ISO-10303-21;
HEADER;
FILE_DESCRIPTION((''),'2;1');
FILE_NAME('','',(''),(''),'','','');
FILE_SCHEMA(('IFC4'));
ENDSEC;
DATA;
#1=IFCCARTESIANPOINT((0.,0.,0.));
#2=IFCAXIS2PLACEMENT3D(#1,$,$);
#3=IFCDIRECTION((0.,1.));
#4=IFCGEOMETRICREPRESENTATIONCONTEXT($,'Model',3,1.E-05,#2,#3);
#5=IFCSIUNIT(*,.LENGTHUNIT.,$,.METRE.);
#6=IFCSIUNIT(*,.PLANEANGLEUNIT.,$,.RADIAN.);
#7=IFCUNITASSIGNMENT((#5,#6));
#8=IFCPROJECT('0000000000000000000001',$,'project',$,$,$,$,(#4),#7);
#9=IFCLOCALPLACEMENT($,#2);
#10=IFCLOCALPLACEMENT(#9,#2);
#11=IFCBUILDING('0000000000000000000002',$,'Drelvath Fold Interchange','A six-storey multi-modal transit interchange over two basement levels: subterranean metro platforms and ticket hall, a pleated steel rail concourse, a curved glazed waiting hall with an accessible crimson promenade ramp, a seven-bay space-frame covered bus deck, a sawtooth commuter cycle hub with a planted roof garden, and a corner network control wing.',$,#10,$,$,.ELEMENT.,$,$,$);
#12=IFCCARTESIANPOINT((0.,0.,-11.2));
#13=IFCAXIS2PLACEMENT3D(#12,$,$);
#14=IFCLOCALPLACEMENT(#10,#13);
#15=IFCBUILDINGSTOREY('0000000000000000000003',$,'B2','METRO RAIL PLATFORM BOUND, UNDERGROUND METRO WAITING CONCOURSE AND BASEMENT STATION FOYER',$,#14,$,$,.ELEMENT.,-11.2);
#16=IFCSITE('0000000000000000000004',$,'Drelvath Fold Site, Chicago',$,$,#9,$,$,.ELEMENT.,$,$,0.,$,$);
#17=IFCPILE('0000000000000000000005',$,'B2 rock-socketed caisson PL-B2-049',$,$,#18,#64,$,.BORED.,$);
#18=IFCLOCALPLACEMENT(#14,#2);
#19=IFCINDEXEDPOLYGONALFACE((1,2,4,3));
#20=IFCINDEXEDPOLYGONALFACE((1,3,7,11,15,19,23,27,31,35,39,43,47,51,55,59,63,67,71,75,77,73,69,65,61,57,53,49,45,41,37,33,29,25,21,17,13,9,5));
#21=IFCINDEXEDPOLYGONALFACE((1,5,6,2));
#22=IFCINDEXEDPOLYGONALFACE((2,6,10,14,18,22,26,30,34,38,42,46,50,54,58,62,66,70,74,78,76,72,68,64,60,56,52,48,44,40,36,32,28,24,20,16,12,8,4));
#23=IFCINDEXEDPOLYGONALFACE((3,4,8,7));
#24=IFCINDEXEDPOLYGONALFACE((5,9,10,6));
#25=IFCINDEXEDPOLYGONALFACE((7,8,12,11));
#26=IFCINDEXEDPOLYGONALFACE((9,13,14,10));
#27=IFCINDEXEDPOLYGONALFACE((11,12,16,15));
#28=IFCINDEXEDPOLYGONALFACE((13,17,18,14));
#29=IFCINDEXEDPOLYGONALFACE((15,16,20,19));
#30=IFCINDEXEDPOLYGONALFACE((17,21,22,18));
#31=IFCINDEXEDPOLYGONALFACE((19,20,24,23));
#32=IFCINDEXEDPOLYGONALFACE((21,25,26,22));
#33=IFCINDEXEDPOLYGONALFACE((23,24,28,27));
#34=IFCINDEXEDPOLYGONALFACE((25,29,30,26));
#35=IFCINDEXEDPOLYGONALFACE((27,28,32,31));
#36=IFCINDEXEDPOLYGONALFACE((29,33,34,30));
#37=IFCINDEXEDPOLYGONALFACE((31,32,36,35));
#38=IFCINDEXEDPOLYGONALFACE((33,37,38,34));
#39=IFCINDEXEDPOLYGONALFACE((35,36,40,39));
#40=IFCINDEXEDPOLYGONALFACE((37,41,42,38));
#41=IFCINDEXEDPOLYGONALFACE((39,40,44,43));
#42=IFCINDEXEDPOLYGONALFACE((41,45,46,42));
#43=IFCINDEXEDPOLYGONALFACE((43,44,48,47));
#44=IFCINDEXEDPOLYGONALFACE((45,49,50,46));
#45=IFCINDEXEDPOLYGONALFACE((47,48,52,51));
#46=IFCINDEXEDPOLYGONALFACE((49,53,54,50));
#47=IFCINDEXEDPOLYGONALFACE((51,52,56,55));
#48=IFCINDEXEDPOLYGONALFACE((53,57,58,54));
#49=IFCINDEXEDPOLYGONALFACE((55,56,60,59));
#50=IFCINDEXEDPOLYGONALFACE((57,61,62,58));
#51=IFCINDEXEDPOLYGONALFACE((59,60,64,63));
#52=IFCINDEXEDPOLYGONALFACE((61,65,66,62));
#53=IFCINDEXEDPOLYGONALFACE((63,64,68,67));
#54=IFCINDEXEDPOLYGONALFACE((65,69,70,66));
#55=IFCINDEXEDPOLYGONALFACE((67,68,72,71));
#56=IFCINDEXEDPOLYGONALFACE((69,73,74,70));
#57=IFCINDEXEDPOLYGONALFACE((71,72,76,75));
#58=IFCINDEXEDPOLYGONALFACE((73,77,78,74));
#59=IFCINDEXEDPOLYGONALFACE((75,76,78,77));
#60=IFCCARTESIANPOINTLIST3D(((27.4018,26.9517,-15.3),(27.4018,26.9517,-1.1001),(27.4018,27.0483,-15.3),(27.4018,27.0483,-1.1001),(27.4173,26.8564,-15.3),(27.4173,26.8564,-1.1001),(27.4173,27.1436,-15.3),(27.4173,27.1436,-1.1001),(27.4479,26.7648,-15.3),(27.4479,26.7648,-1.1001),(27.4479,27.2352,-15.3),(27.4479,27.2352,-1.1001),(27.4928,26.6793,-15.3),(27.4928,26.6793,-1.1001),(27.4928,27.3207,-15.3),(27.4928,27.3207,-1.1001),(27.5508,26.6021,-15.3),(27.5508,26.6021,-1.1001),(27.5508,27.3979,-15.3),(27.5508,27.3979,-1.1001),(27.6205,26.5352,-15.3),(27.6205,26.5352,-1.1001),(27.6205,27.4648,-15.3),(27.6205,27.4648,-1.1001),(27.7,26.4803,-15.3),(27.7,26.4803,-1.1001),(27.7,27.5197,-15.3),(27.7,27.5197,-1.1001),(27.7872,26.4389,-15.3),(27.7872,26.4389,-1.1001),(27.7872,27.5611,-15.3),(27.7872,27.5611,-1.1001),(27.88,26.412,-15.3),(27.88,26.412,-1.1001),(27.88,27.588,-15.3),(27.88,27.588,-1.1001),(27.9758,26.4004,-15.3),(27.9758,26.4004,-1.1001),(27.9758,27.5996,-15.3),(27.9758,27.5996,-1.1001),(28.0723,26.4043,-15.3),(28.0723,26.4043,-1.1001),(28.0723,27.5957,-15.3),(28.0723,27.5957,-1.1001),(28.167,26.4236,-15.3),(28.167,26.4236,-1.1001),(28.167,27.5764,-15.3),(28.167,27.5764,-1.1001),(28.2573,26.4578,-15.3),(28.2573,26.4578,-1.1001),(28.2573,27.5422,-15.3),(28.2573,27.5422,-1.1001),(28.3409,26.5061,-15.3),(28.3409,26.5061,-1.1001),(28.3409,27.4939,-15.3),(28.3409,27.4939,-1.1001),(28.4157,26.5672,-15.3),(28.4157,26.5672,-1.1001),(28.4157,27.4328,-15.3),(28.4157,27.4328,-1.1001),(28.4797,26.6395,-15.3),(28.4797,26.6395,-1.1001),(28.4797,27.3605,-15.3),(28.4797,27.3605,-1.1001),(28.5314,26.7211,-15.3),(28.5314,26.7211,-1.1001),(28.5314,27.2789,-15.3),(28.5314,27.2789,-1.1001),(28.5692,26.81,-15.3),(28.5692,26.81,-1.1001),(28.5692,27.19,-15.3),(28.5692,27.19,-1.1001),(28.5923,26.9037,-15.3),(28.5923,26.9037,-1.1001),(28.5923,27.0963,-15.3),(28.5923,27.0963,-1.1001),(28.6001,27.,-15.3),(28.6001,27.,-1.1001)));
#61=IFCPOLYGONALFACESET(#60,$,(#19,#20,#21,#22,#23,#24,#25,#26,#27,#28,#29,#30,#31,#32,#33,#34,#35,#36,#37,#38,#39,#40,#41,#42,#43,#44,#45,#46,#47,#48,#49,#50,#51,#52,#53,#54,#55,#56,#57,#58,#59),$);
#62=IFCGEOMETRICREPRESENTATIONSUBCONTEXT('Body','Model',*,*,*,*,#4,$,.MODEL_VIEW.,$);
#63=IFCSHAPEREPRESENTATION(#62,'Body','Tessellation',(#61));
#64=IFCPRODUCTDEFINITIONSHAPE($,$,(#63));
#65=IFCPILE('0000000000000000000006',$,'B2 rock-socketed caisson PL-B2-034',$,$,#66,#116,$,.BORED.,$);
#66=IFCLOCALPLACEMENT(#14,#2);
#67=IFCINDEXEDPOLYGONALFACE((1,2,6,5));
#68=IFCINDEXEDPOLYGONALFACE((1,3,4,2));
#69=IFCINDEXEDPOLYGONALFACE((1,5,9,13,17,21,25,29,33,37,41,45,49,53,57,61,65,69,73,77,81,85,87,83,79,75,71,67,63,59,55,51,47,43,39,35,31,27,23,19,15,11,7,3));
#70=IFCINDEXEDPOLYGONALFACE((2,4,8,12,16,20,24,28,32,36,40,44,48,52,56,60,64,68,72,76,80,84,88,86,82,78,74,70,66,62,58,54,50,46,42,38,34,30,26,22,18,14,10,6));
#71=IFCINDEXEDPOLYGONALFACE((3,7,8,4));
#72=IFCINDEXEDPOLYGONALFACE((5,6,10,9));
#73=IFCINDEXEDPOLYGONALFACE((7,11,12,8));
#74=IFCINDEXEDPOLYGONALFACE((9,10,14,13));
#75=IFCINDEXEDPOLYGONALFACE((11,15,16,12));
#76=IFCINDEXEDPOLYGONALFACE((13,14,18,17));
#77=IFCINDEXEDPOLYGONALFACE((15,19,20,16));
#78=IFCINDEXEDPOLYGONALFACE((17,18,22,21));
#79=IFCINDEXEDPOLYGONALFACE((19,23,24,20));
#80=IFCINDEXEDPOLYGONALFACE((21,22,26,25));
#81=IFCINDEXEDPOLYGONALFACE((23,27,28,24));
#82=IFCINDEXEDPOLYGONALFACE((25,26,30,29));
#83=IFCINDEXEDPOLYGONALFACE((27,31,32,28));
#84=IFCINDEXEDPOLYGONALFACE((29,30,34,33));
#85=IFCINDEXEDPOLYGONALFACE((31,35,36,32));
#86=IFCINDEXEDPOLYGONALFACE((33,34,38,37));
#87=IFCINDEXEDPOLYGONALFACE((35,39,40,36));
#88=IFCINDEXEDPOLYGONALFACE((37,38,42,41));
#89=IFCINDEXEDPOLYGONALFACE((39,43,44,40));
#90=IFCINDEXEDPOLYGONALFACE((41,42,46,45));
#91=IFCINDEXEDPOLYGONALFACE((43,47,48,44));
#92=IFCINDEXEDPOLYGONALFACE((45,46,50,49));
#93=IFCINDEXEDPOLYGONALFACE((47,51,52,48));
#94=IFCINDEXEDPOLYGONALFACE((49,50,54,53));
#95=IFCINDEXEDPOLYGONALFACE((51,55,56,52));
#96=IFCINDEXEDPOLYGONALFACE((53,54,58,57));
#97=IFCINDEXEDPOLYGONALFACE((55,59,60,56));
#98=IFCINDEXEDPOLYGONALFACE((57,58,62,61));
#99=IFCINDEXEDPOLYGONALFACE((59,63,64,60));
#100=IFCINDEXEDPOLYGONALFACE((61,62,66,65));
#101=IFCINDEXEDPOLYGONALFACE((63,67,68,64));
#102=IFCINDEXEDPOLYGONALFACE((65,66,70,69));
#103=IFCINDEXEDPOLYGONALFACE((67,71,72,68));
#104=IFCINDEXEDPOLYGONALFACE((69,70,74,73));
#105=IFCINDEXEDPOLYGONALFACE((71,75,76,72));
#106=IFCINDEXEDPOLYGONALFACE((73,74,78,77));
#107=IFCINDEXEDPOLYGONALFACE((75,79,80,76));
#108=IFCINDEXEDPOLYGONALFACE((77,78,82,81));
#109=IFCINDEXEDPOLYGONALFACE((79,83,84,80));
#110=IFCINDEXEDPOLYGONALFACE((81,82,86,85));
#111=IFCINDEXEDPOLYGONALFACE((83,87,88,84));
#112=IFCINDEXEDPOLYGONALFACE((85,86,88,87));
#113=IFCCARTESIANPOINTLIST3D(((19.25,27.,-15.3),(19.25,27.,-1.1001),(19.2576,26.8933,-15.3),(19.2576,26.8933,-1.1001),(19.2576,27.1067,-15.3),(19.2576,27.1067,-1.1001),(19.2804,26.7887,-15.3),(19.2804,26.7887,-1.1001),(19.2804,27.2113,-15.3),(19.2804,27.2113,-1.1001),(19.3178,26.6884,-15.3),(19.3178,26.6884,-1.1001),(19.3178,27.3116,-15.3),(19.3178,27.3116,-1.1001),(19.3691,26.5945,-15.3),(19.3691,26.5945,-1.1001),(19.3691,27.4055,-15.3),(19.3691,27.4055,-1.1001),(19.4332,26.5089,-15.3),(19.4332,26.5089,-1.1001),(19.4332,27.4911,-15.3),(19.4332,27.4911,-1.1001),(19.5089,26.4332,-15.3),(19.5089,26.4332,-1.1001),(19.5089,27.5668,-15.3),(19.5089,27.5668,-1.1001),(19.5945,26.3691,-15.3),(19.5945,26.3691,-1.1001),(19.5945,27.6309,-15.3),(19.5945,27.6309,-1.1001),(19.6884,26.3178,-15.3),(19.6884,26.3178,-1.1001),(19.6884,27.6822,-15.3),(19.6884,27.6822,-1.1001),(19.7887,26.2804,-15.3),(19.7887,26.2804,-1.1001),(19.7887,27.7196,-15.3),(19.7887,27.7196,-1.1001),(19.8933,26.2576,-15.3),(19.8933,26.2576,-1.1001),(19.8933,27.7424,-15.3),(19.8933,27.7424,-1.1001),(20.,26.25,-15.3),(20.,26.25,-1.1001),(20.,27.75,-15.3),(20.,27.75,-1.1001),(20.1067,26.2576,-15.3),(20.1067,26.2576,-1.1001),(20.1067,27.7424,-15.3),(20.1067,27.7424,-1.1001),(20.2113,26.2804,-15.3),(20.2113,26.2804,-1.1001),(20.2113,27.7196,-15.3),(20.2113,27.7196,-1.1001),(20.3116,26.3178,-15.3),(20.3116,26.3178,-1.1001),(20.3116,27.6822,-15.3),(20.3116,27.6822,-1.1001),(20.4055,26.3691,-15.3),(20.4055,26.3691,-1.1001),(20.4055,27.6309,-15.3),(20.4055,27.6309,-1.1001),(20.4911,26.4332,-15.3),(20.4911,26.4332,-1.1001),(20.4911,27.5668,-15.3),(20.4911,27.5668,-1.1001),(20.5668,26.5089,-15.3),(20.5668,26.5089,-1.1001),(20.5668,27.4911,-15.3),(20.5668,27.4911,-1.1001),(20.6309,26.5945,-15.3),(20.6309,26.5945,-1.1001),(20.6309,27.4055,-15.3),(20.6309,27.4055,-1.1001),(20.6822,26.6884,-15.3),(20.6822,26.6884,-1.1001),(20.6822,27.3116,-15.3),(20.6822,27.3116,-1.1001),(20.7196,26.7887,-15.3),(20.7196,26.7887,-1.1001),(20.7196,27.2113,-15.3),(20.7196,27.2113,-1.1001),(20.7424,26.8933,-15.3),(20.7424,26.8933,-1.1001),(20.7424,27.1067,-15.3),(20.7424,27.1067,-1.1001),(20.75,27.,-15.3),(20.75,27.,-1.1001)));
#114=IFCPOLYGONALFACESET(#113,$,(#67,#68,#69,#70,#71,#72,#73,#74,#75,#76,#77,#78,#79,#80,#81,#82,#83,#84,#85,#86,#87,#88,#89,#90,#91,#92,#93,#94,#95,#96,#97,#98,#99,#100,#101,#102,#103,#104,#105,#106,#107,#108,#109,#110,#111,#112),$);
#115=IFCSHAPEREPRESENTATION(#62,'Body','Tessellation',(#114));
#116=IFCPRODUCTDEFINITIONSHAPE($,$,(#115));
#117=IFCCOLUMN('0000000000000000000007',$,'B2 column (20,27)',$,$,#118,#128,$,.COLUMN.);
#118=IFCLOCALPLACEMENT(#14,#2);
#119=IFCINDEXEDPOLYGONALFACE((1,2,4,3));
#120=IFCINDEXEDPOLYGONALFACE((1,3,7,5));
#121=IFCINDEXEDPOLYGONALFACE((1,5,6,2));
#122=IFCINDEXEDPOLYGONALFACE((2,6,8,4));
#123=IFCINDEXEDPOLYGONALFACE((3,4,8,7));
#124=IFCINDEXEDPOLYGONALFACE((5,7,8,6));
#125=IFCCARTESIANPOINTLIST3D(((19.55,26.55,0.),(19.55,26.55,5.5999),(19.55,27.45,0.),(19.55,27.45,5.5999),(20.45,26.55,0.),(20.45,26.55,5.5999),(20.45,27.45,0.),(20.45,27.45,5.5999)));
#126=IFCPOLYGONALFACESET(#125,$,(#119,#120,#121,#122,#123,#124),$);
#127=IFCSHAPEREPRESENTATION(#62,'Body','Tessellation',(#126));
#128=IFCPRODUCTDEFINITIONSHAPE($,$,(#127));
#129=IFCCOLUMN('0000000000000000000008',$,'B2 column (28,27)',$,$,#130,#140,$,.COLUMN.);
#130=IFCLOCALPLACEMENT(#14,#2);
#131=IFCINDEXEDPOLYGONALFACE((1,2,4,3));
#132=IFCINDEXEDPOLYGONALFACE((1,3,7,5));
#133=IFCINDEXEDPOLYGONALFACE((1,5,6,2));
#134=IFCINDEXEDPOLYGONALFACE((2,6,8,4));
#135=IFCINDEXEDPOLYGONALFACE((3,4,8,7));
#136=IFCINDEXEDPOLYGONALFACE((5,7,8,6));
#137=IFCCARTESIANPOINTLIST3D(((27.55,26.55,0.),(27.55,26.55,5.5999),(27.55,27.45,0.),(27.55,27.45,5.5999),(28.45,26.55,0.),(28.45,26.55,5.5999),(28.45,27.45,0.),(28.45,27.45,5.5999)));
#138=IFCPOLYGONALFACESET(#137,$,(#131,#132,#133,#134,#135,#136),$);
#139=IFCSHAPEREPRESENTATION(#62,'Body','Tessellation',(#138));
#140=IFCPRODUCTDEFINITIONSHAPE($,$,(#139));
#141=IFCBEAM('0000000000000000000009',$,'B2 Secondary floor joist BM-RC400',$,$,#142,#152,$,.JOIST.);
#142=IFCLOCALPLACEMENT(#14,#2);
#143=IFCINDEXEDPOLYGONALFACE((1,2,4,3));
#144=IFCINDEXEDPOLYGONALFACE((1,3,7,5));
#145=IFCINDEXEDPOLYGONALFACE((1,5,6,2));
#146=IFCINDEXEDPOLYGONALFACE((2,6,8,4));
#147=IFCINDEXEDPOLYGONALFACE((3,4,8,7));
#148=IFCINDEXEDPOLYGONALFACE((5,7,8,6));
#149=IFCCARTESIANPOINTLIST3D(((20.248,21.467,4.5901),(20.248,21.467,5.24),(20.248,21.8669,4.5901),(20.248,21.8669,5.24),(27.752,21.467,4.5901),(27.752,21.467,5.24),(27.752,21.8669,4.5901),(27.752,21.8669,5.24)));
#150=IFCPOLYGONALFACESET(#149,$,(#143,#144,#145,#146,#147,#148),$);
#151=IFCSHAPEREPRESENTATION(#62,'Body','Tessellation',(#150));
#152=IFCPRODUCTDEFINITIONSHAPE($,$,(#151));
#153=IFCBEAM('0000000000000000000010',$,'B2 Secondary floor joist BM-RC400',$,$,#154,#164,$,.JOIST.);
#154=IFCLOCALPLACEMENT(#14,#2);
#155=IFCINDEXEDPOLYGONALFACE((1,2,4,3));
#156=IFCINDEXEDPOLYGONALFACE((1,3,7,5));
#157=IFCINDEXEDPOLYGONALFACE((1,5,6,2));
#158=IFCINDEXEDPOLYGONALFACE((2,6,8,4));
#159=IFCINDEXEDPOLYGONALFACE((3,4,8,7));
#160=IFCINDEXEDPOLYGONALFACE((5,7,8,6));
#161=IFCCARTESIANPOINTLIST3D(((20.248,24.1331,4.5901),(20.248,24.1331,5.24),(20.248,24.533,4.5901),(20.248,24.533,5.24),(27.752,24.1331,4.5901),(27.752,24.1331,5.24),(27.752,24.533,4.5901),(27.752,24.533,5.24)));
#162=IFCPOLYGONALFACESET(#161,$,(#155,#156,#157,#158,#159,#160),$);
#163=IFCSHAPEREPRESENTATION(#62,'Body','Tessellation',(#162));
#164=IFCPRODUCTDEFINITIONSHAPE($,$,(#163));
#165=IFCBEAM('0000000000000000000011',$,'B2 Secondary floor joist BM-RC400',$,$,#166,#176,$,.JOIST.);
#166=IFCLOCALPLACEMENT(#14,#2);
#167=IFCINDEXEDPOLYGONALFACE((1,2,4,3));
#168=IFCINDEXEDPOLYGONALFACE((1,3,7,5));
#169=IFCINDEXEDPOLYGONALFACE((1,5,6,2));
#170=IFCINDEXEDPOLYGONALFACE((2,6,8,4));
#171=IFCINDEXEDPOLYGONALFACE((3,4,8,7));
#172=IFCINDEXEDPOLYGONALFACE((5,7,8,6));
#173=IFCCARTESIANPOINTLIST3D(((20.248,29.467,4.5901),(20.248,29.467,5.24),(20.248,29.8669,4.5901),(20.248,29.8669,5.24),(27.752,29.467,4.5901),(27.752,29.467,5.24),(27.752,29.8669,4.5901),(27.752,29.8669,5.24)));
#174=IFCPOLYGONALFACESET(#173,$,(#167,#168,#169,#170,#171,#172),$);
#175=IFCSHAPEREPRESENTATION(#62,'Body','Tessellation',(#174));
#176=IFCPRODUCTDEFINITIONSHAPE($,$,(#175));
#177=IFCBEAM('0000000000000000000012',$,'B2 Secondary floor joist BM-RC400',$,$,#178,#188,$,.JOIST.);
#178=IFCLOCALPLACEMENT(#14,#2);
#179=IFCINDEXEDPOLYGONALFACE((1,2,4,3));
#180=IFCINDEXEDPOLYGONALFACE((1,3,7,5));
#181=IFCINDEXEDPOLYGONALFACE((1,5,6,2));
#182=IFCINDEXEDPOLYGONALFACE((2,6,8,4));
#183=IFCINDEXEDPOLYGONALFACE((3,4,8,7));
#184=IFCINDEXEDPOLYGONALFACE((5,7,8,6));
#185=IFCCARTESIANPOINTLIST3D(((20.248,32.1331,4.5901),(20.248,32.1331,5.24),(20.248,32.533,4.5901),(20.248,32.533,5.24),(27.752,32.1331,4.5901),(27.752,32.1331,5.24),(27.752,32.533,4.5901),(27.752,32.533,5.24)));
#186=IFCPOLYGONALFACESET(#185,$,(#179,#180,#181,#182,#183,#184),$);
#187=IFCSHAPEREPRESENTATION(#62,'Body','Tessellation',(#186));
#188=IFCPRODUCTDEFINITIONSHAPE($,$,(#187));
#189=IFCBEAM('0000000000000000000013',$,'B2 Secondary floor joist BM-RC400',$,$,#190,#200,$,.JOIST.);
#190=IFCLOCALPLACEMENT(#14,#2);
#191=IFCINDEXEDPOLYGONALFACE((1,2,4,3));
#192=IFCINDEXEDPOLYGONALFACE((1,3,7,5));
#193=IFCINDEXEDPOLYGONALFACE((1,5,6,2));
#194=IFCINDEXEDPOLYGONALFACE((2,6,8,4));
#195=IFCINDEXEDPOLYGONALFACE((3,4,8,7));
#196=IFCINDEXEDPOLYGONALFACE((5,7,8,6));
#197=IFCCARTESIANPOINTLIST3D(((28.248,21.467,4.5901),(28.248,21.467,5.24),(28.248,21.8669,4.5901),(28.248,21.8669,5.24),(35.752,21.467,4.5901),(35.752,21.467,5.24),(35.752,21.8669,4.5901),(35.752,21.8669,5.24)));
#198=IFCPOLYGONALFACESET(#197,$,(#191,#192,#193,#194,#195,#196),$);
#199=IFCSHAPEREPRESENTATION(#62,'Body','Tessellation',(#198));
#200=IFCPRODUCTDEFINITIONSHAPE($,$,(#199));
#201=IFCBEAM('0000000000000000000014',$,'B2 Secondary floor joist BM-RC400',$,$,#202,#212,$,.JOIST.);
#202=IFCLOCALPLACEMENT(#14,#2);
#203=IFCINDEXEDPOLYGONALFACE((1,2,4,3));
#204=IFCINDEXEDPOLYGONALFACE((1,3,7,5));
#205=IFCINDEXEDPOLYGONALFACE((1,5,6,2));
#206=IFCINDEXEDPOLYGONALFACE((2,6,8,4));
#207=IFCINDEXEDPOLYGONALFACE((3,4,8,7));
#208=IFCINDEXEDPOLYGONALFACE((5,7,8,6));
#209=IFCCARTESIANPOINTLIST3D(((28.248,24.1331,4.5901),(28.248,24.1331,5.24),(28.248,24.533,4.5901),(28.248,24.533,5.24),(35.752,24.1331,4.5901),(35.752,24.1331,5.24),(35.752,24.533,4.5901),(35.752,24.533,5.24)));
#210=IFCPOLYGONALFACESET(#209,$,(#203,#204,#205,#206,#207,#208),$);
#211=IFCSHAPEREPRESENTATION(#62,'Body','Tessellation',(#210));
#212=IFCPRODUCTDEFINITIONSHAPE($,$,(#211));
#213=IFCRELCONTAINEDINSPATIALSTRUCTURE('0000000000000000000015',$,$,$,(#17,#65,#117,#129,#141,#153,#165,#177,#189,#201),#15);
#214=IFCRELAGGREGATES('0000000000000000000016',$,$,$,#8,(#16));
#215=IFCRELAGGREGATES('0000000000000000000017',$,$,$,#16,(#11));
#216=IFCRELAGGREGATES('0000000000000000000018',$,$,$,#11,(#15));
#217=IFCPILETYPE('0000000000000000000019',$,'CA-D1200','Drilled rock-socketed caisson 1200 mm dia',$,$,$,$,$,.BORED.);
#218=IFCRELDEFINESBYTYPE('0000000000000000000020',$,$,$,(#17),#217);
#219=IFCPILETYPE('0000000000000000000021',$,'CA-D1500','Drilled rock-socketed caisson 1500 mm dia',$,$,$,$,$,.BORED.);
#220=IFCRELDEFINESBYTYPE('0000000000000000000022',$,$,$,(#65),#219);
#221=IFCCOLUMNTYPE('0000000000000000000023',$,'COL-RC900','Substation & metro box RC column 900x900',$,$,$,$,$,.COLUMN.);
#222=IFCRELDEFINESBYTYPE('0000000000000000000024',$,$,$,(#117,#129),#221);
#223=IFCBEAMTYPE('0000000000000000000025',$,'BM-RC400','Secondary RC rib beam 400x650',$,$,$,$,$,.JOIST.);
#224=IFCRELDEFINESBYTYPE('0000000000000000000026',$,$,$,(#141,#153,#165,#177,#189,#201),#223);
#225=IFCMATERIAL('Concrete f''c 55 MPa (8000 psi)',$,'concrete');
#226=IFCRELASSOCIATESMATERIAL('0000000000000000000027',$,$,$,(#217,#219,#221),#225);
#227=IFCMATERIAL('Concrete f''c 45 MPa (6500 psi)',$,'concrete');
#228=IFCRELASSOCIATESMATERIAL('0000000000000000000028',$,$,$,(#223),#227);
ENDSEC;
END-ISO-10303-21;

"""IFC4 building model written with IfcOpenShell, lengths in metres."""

from ifc_helpers import new_model, si_unit, direction, frame, origin, origin_2d, place, context, subcontext, project, spatial, rectangle, circle, extrude, material, material_profile, profile_set, type_object, element, save


model = new_model("IFC4")

# Units and contexts
model_context = context("Model", 3, precision=1e-05, world=origin(), true_north=direction((0.0, 1.0)))
body_context = subcontext(model_context, "Body", "Model", "MODEL_VIEW")
ifc_project = project(units=[si_unit("LENGTHUNIT", "METRE"), si_unit("PLANEANGLEUNIT", "RADIAN")], contexts=[model_context])

# Site, building, storey
site_placement = place(None, origin())
site = spatial("IfcSite", under=ifc_project, at=site_placement, Name="Drelvath Fold Site, Chicago", CompositionType="ELEMENT", RefElevation=0.0)
building_placement = place(site_placement, origin())
building = spatial("IfcBuilding", under=site, at=building_placement, Name="Drelvath Fold Interchange", Description="A six-storey multi-modal transit interchange over two basement levels: subterranean metro platforms and ticket hall, a pleated steel rail concourse, a curved glazed waiting hall with an accessible crimson promenade ramp, a seven-bay space-frame covered bus deck, a sawtooth commuter cycle hub with a planted roof garden, and a corner network control wing.", CompositionType="ELEMENT")
storey_placement = place(building_placement, frame((0.0, 0.0, -11.2)))
storey = spatial("IfcBuildingStorey", under=building, at=storey_placement, Name="B2", Description="METRO RAIL PLATFORM BOUND, UNDERGROUND METRO WAITING CONCOURSE AND BASEMENT STATION FOYER", CompositionType="ELEMENT", Elevation=-11.2)

# Piles
ifc_material_1 = material(Name="Concrete f'c 55 MPa (8000 psi)", Category="concrete")
ifc_material_profile_1 = material_profile(ifc_material_1, circle(Radius=0.6001, at=origin_2d()), Name="CAISSON D1200")
ifc_profile_set_1 = profile_set([ifc_material_profile_1], Name="Concrete f'c 55 MPa (8000 psi)")
pile_type_1 = type_object("IfcPileType", Name="CA-D1200", Description="Drilled rock-socketed caisson 1200 mm dia", PredefinedType="BORED", material=ifc_profile_set_1)
pile_1_placement = place(storey_placement, frame((28.0, 27.0, -1.1001), z_axis=(0.0, 0.0, -1.0), x_axis=(1.0, 0.0, 0.0)))
element("IfcPile", 1, at=pile_1_placement, inside=storey, type_object=pile_type_1, Name="B2 rock-socketed caisson PL-B2-049", PredefinedType="BORED", context=body_context, shape_type="SweptSolid", body=[
    extrude(circle(Radius=0.6001, at=origin_2d()), origin(), (0.0, 0.0, 1.0), 14.2),
])
ifc_material_profile_2 = material_profile(ifc_material_1, circle(Radius=0.75, at=origin_2d()), Name="CAISSON D1500")
ifc_profile_set_2 = profile_set([ifc_material_profile_2], Name="Concrete f'c 55 MPa (8000 psi)")
pile_type_2 = type_object("IfcPileType", Name="CA-D1500", Description="Drilled rock-socketed caisson 1500 mm dia", PredefinedType="BORED", material=ifc_profile_set_2)
pile_2_placement = place(storey_placement, frame((20.0, 27.0, -1.1001), z_axis=(0.0, 0.0, -1.0), x_axis=(1.0, 0.0, 0.0)))
element("IfcPile", 2, at=pile_2_placement, inside=storey, type_object=pile_type_2, Name="B2 rock-socketed caisson PL-B2-034", PredefinedType="BORED", context=body_context, shape_type="SweptSolid", body=[
    extrude(circle(Radius=0.75, at=origin_2d()), origin(), (0.0, 0.0, 1.0), 14.2),
])

# Columns
ifc_material_profile_3 = material_profile(ifc_material_1, rectangle(XDim=0.8999, YDim=0.8999, at=origin_2d()), Name="RC 900x900")
ifc_profile_set_3 = profile_set([ifc_material_profile_3], Name="Concrete f'c 55 MPa (8000 psi)")
column_type = type_object("IfcColumnType", Name="COL-RC900", Description="Substation & metro box RC column 900x900", PredefinedType="COLUMN", material=ifc_profile_set_3)
for number, where, z_axis, x_axis, name in (
    (3, (20.0, 27.0, 0.0), (0.0, 0.0, 1.0), (1.0, 0.0, 0.0), "B2 column (20,27)"),
    (4, (28.0, 27.0, 0.0), (0.0, 0.0, 1.0), (1.0, 0.0, 0.0), "B2 column (28,27)"),
):
    element("IfcColumn", number, at=place(storey_placement, frame(where, z_axis=z_axis, x_axis=x_axis)), inside=storey, type_object=column_type, Name=name, PredefinedType="COLUMN", context=body_context, shape_type="SweptSolid", body=[
        extrude(rectangle(XDim=0.8999, YDim=0.8999, at=origin_2d()), origin(), (0.0, 0.0, 1.0), 5.5999),
    ])

# Beams
ifc_material_2 = material(Name="Concrete f'c 45 MPa (6500 psi)", Category="concrete")
ifc_material_profile_4 = material_profile(ifc_material_2, rectangle(XDim=0.3999, YDim=0.6499, at=origin_2d()), Name="RC 400x650")
ifc_profile_set_4 = profile_set([ifc_material_profile_4], Name="Concrete f'c 45 MPa (6500 psi)")
beam_type_1 = type_object("IfcBeamType", Name="BM-RC400", Description="Secondary RC rib beam 400x650", PredefinedType="JOIST", material=ifc_profile_set_4)
for number, where, z_axis, x_axis, name in (
    (5, (20.248, 21.667, 4.915), (1.0, 0.0, 0.0), (0.0, 1.0, 0.0), "B2 Secondary floor joist BM-RC400"),
    (6, (20.248, 24.333, 4.915), (1.0, 0.0, 0.0), (0.0, 1.0, 0.0), "B2 Secondary floor joist BM-RC400"),
    (7, (20.248, 29.667, 4.915), (1.0, 0.0, 0.0), (0.0, 1.0, 0.0), "B2 Secondary floor joist BM-RC400"),
    (8, (20.248, 32.333, 4.915), (1.0, 0.0, 0.0), (0.0, 1.0, 0.0), "B2 Secondary floor joist BM-RC400"),
    (9, (28.248, 21.667, 4.915), (1.0, 0.0, 0.0), (0.0, 1.0, 0.0), "B2 Secondary floor joist BM-RC400"),
    (10, (28.248, 24.333, 4.915), (1.0, 0.0, 0.0), (0.0, 1.0, 0.0), "B2 Secondary floor joist BM-RC400"),
):
    element("IfcBeam", number, at=place(storey_placement, frame(where, z_axis=z_axis, x_axis=x_axis)), inside=storey, type_object=beam_type_1, Name=name, PredefinedType="JOIST", context=body_context, shape_type="SweptSolid", body=[
        extrude(rectangle(XDim=0.3999, YDim=0.6499, at=origin_2d()), origin(), (0.0, 0.0, 1.0), 7.5039),
    ])

save(model, "model.ifc")
